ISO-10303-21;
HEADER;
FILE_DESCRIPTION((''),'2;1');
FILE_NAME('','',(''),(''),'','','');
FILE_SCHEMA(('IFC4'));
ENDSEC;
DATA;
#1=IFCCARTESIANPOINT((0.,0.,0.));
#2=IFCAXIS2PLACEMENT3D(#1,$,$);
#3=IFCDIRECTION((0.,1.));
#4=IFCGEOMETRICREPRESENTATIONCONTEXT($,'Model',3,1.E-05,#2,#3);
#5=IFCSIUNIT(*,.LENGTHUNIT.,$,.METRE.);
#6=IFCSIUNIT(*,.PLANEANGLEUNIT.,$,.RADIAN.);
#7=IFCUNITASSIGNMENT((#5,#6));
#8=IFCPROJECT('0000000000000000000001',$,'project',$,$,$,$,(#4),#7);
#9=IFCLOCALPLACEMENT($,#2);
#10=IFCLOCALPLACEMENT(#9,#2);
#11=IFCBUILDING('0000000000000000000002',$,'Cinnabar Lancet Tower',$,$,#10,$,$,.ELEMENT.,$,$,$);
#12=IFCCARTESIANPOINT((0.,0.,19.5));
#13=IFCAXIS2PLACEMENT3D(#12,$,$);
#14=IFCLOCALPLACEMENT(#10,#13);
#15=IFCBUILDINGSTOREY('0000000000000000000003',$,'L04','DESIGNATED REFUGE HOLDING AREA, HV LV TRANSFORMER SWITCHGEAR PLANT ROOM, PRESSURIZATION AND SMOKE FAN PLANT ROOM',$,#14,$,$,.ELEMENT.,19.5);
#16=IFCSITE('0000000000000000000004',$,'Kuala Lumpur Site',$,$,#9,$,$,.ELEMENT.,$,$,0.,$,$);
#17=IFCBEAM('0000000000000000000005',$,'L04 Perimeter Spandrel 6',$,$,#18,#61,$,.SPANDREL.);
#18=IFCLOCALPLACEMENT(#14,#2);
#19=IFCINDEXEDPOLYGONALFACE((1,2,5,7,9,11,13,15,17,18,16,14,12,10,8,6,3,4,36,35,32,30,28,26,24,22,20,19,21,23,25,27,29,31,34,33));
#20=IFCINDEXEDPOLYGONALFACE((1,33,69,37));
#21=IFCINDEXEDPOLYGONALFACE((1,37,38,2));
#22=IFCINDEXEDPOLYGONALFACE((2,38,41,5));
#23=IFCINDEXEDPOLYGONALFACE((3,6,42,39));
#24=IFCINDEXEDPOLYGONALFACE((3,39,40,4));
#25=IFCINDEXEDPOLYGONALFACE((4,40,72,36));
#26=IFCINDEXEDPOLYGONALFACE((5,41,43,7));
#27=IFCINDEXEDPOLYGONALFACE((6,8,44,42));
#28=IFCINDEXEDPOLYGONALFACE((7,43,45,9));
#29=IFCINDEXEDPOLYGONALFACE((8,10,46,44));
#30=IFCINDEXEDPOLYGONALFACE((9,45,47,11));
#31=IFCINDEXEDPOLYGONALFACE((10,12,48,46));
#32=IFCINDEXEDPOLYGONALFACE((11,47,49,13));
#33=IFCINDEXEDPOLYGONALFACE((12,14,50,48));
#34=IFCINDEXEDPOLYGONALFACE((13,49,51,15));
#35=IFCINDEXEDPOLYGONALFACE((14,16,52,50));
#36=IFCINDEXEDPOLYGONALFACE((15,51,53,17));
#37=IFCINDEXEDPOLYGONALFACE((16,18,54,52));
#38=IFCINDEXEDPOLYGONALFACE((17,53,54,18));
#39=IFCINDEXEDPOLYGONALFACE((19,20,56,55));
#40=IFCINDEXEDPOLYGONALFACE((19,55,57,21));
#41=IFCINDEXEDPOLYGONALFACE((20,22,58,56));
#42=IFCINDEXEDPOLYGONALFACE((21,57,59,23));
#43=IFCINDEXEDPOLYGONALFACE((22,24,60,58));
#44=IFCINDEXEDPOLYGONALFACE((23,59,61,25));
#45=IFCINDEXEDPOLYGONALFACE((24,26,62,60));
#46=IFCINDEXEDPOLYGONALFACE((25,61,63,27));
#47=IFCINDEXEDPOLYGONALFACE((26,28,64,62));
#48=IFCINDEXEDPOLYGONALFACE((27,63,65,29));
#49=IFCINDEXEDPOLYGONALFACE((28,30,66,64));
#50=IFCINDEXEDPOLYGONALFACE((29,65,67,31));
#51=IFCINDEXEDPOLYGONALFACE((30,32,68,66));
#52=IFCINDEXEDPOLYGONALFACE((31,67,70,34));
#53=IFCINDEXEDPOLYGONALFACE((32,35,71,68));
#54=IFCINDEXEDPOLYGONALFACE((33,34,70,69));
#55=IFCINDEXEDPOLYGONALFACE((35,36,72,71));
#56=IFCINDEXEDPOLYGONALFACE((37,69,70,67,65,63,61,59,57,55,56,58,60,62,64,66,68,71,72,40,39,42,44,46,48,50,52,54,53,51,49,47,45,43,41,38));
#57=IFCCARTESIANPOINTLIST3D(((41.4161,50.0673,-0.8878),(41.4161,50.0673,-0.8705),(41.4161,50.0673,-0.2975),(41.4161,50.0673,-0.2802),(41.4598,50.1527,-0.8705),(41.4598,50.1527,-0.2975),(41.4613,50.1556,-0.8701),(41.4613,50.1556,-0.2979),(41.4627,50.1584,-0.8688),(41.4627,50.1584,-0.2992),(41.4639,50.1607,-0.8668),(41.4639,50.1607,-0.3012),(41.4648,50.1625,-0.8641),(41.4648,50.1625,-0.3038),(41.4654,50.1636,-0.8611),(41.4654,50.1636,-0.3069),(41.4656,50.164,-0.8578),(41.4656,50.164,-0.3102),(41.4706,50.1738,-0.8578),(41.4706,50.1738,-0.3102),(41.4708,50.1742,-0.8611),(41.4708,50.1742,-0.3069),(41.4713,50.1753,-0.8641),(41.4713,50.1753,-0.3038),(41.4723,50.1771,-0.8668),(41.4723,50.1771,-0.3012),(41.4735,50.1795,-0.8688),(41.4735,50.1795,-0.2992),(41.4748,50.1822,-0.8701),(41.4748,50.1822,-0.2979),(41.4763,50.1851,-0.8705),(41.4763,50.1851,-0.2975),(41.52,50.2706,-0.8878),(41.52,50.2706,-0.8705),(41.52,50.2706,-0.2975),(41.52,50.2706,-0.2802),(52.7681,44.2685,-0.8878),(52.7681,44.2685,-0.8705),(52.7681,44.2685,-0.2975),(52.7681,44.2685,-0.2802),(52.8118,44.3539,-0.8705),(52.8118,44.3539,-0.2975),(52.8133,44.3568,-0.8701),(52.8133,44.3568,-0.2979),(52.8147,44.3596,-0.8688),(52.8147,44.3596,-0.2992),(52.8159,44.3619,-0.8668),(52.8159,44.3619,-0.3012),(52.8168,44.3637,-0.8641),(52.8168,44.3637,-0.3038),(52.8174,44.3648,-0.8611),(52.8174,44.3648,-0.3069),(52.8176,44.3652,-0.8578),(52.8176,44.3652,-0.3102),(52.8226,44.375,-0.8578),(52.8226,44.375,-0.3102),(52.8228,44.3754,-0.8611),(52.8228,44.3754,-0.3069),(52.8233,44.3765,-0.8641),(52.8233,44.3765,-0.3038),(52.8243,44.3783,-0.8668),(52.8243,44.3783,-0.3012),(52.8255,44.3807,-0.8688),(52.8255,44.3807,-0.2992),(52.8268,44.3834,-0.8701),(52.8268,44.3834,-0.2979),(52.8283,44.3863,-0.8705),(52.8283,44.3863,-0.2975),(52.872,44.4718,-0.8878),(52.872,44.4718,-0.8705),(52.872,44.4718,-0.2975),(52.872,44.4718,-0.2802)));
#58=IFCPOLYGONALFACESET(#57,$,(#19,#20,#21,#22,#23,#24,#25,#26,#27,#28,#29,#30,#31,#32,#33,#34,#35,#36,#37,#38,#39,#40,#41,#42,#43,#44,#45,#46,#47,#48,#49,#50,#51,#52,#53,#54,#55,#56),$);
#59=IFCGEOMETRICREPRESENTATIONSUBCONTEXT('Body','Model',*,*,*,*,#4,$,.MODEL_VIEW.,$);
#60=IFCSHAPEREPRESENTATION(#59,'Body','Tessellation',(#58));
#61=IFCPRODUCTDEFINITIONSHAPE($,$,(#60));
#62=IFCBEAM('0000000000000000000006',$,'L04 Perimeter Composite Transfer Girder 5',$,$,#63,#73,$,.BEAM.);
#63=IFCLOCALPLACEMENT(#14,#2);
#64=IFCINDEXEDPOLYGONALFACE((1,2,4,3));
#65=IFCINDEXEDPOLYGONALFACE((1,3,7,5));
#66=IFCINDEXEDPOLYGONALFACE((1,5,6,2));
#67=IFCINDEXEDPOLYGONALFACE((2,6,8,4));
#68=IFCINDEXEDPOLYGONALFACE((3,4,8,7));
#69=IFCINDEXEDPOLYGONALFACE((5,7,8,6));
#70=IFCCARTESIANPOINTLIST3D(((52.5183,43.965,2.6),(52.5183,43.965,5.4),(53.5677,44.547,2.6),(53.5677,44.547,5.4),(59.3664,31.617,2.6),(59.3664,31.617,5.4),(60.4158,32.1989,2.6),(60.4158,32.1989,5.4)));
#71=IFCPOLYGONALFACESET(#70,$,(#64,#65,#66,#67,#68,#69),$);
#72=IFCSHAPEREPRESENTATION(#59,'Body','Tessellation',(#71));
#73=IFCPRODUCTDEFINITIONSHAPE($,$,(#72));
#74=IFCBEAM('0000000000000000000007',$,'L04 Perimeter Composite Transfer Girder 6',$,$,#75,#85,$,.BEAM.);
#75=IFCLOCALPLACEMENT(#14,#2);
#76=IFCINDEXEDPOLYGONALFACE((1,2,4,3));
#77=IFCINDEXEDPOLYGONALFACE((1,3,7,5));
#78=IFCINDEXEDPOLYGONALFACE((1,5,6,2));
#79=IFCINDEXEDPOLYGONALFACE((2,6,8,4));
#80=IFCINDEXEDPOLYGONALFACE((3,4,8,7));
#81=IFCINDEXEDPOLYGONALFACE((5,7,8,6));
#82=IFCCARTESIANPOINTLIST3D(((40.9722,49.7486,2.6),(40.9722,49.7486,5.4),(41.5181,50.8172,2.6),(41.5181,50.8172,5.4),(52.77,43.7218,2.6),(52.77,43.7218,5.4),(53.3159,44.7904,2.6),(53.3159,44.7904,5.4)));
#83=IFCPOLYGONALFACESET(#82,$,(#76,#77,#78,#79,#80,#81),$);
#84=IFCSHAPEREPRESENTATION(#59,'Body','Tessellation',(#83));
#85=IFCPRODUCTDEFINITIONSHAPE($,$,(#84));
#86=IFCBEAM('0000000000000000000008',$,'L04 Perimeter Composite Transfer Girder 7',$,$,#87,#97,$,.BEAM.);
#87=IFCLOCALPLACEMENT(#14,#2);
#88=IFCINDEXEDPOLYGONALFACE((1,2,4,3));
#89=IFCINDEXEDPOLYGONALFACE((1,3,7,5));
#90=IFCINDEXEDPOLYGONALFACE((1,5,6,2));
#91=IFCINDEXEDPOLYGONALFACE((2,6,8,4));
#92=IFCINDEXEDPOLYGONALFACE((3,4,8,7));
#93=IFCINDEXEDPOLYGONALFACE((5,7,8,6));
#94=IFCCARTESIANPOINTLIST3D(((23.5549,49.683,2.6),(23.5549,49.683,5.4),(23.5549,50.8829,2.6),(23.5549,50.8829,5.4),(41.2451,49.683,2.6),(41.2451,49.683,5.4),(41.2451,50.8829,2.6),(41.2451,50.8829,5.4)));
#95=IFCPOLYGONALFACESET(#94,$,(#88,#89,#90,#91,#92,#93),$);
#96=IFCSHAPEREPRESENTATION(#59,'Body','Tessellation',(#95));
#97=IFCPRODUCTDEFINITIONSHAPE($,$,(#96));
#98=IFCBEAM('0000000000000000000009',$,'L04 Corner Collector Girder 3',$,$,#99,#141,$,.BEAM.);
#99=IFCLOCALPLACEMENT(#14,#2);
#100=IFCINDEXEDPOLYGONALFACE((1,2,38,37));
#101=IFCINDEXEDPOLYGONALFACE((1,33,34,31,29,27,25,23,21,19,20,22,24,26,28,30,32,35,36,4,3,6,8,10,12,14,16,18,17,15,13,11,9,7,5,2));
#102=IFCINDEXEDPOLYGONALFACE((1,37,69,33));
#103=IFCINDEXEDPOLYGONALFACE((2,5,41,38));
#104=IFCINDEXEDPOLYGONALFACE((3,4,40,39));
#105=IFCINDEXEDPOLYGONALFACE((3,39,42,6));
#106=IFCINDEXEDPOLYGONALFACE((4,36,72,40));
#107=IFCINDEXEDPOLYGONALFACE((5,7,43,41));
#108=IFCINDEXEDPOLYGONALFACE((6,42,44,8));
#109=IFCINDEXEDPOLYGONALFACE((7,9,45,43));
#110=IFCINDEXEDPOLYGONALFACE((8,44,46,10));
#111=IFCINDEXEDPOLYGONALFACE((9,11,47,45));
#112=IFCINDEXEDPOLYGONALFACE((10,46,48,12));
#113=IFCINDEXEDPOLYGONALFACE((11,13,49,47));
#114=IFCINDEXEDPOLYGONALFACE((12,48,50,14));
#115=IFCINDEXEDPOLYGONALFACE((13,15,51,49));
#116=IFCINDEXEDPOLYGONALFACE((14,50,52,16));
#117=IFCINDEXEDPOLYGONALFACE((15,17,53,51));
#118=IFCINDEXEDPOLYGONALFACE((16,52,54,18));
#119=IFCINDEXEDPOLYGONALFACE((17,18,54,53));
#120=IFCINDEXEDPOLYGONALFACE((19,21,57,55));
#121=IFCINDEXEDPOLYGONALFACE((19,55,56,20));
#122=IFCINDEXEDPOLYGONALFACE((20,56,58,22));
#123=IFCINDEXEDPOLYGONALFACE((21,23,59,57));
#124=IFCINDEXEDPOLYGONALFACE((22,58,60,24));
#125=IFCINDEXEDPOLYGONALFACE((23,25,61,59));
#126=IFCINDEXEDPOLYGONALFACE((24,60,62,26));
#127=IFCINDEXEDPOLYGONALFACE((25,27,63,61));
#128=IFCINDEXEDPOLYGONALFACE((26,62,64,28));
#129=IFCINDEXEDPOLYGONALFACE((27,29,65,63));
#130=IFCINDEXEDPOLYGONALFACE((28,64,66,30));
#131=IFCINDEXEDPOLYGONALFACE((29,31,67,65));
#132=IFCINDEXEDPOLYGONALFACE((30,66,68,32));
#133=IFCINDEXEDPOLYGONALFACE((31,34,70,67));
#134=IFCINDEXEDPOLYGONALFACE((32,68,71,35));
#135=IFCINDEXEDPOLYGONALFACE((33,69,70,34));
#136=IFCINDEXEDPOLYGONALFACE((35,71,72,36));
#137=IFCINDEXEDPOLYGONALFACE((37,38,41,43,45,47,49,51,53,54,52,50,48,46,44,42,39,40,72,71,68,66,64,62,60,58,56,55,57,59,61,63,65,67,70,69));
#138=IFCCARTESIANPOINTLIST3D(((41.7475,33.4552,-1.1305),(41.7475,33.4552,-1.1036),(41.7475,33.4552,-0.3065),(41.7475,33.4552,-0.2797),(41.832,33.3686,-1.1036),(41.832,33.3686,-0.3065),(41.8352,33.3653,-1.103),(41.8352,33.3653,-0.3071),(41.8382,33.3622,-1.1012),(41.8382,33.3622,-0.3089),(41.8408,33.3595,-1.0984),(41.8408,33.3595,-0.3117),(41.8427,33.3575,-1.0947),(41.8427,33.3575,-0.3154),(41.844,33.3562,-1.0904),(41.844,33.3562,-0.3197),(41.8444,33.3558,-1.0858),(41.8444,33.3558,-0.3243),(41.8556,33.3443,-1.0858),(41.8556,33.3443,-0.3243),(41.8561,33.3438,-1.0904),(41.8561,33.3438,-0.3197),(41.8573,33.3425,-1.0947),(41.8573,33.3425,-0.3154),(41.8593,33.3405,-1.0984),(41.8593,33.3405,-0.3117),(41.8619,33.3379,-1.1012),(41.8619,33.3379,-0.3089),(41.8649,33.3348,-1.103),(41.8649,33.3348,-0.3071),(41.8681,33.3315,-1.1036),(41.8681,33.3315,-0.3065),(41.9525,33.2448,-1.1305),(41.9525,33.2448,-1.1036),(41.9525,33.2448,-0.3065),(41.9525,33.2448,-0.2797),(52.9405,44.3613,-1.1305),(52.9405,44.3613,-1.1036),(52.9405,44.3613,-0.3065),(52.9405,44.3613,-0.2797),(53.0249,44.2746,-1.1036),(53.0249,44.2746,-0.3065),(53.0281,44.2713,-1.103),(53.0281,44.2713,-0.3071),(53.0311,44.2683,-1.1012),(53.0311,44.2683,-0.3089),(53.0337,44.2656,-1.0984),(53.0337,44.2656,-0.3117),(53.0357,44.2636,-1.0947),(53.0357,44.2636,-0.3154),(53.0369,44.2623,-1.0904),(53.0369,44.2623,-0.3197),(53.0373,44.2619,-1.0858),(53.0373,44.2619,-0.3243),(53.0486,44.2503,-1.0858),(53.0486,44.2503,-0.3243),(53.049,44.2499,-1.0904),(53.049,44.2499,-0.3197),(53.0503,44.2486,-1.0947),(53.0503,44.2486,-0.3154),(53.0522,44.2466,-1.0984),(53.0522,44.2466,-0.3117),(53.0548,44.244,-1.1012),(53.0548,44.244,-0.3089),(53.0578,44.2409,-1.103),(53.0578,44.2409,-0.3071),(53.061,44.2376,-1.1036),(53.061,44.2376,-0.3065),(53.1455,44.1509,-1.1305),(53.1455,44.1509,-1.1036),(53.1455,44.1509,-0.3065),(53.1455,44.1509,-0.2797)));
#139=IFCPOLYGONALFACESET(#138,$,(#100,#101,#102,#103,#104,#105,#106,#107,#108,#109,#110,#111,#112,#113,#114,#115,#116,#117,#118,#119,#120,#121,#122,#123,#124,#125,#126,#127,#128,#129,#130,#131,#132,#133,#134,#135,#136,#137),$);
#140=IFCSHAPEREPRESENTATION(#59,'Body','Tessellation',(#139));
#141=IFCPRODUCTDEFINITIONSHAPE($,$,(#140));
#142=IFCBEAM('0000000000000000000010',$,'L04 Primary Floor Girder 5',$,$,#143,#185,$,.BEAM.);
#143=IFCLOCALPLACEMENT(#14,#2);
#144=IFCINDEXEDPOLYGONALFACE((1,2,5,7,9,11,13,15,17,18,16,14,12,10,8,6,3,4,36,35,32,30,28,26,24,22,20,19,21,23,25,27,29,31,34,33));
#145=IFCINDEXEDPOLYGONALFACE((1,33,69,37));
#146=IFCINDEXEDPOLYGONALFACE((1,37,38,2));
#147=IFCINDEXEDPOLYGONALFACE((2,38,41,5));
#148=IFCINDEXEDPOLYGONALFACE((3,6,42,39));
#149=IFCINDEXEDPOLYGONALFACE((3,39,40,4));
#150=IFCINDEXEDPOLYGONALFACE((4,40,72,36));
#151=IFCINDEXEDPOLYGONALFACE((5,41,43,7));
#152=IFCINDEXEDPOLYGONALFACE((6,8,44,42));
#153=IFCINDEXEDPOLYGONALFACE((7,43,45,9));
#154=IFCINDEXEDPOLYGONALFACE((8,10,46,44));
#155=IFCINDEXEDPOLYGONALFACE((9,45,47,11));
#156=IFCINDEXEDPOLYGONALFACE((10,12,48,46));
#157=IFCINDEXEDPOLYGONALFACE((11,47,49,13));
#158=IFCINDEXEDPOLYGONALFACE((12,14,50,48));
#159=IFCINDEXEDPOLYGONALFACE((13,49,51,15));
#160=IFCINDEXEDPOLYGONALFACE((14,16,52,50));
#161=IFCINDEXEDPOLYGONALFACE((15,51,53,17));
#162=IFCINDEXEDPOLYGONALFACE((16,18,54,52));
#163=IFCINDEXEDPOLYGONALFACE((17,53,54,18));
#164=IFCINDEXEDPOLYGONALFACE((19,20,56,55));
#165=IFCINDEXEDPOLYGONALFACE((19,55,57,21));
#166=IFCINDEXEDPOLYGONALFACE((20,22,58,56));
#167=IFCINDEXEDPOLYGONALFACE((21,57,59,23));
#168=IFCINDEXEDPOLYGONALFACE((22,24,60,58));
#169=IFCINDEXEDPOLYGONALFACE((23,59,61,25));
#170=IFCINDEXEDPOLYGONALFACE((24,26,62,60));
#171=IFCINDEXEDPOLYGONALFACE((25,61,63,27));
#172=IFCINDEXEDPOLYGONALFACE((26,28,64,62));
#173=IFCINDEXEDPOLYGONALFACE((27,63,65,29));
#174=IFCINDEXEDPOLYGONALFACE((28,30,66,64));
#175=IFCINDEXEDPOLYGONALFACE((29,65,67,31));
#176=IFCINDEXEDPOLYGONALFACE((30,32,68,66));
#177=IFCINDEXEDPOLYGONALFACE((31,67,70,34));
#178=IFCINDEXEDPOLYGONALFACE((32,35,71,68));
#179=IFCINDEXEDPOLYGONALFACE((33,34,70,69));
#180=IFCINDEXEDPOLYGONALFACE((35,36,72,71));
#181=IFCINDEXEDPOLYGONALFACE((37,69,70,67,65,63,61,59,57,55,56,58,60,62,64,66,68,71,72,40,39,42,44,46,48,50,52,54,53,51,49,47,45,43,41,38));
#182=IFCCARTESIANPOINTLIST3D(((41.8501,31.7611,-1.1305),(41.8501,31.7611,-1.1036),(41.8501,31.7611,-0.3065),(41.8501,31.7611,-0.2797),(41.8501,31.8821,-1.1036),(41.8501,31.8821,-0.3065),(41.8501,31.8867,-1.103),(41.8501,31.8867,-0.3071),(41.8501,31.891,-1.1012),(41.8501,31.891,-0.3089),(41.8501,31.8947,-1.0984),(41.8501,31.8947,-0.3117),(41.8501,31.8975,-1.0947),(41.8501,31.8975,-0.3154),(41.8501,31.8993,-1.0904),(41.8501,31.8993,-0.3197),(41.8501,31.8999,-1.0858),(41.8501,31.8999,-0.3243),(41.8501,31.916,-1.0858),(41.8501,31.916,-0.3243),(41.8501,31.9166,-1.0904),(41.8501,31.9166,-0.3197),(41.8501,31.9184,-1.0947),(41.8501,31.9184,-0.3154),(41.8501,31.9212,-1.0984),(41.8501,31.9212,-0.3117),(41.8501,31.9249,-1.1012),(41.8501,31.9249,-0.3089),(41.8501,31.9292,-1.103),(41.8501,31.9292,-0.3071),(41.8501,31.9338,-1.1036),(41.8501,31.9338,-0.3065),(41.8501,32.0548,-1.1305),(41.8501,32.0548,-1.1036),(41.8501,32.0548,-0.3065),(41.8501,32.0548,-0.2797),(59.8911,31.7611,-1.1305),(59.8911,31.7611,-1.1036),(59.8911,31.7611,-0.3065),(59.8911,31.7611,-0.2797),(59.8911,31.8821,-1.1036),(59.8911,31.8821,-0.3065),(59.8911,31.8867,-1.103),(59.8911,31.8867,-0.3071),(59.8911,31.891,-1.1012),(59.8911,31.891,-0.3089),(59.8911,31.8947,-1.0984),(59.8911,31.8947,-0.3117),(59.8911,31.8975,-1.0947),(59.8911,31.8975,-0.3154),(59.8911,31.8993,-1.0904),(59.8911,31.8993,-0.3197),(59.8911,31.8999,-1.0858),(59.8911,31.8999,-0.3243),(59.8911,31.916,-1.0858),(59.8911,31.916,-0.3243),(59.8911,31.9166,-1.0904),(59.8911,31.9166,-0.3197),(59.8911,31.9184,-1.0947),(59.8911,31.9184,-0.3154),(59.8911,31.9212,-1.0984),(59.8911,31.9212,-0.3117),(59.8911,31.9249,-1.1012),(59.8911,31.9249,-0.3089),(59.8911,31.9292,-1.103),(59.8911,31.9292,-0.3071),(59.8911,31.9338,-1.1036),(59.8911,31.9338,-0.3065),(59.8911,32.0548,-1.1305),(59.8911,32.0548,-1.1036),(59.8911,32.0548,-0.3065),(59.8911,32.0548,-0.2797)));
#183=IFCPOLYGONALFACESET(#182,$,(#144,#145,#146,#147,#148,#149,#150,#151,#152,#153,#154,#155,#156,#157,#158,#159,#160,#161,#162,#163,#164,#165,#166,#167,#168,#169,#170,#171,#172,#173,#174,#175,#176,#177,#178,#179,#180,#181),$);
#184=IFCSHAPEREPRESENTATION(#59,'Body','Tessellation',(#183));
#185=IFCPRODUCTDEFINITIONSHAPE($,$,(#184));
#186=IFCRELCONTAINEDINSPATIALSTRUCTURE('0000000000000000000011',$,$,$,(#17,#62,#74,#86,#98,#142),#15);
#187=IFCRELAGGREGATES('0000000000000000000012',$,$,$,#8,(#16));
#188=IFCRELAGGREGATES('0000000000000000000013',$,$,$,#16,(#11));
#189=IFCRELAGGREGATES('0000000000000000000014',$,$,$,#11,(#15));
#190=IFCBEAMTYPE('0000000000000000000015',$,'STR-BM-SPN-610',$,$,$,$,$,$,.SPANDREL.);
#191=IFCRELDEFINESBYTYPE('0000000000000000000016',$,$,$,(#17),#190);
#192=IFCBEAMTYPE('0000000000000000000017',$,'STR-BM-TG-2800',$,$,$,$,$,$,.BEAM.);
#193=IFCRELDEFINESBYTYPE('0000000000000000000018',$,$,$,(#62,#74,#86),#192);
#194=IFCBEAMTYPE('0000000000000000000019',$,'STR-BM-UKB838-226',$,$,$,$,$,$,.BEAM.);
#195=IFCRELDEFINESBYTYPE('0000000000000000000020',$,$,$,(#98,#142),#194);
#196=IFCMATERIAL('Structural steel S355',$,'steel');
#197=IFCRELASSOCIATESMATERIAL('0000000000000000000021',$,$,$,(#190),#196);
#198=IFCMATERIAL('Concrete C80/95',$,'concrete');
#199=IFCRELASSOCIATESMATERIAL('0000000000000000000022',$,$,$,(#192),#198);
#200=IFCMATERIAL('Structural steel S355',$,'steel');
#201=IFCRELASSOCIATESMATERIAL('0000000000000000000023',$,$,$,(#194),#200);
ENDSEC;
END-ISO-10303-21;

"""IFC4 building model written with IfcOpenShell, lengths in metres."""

from ifc_helpers import new_model, si_unit, direction, frame, origin, origin_2d, place, context, subcontext, project, spatial, rectangle, i_section, extrude, material, material_profile, profile_set, type_object, element, save


model = new_model("IFC4")

# Units and contexts
model_context = context("Model", 3, precision=1e-05, world=origin(), true_north=direction((0.0, 1.0)))
body_context = subcontext(model_context, "Body", "Model", "MODEL_VIEW")
ifc_project = project(units=[si_unit("LENGTHUNIT", "METRE"), si_unit("PLANEANGLEUNIT", "RADIAN")], contexts=[model_context])

# Site, building, storey
site_placement = place(None, origin())
site = spatial("IfcSite", under=ifc_project, at=site_placement, Name="Kuala Lumpur Site", CompositionType="ELEMENT", RefElevation=0.0)
building_placement = place(site_placement, origin())
building = spatial("IfcBuilding", under=site, at=building_placement, Name="Cinnabar Lancet Tower", CompositionType="ELEMENT")
storey_placement = place(building_placement, frame((0.0, 0.0, 19.5)))
storey = spatial("IfcBuildingStorey", under=building, at=storey_placement, Name="L04", Description="DESIGNATED REFUGE HOLDING AREA, HV LV TRANSFORMER SWITCHGEAR PLANT ROOM, PRESSURIZATION AND SMOKE FAN PLANT ROOM", CompositionType="ELEMENT", Elevation=19.5)

# Beams
ifc_material_1 = material(Name="Structural steel S355", Category="steel")
ifc_material_profile_1 = material_profile(ifc_material_1, i_section(OverallWidth=0.2283, OverallDepth=0.6077, WebThickness=0.011, FlangeThickness=0.0173, FilletRadius=0.0127, at=origin_2d()), Name="UKB 610x229x113")
ifc_profile_set_1 = profile_set([ifc_material_profile_1], Name="Structural steel S355")
beam_type_1 = type_object("IfcBeamType", Name="STR-BM-SPN-610", PredefinedType="SPANDREL", material=ifc_profile_set_1)
beam_1_placement = place(storey_placement, frame((52.8201, 44.3701, -0.584), z_axis=(-0.890541, 0.454904, 0.0), x_axis=(-0.454904, -0.890541, 0.0)))
element("IfcBeam", 1, at=beam_1_placement, inside=storey, type_object=beam_type_1, Name="L04 Perimeter Spandrel 6", PredefinedType="SPANDREL", context=body_context, shape_type="SweptSolid", body=[
    extrude(i_section(OverallWidth=0.2283, OverallDepth=0.6077, WebThickness=0.011, FlangeThickness=0.0173, FilletRadius=0.0127, at=origin_2d()), origin(), (0.0, 0.0, 1.0), 12.7473),
])
ifc_material_2 = material(Name="Concrete C80/95", Category="concrete")
ifc_material_profile_2 = material_profile(ifc_material_2, rectangle(XDim=1.2, YDim=2.8, at=origin_2d()), Name="RC-TG 1200x2800")
ifc_profile_set_2 = profile_set([ifc_material_profile_2], Name="Concrete C80/95")
beam_type_2 = type_object("IfcBeamType", Name="STR-BM-TG-2800", PredefinedType="BEAM", material=ifc_profile_set_2)
beam_2_placement = place(storey_placement, frame((59.8911, 31.908, 4.0), z_axis=(-0.484997, 0.874516, 0.0), x_axis=(-0.874516, -0.484997, 0.0)))
element("IfcBeam", 2, at=beam_2_placement, inside=storey, type_object=beam_type_2, Name="L04 Perimeter Composite Transfer Girder 5", PredefinedType="BEAM", context=body_context, shape_type="SweptSolid", body=[
    extrude(rectangle(XDim=1.2, YDim=2.8, at=origin_2d()), origin(), (0.0, 0.0, 1.0), 14.1199),
])
beam_3_placement = place(storey_placement, frame((53.043, 44.2561, 4.0), z_axis=(-0.890531, 0.454922, 0.0), x_axis=(-0.454922, -0.890531, 0.0)))
element("IfcBeam", 3, at=beam_3_placement, inside=storey, type_object=beam_type_2, Name="L04 Perimeter Composite Transfer Girder 6", PredefinedType="BEAM", context=body_context, shape_type="SweptSolid", body=[
    extrude(rectangle(XDim=1.2, YDim=2.8, at=origin_2d()), origin(), (0.0, 0.0, 1.0), 13.248),
])
beam_4_placement = place(storey_placement, frame((41.2451, 50.283, 4.0), z_axis=(-1.0, 0.0, 0.0), x_axis=(0.0, -1.0, 0.0)))
element("IfcBeam", 4, at=beam_4_placement, inside=storey, type_object=beam_type_2, Name="L04 Perimeter Composite Transfer Girder 7", PredefinedType="BEAM", context=body_context, shape_type="SweptSolid", body=[
    extrude(rectangle(XDim=1.2, YDim=2.8, at=origin_2d()), origin(), (0.0, 0.0, 1.0), 17.6902),
])
ifc_material_3 = material(Name="Structural steel S355", Category="steel")
ifc_material_profile_3 = material_profile(ifc_material_3, i_section(OverallWidth=0.2937, OverallDepth=0.8508, WebThickness=0.0161, FlangeThickness=0.0269, FilletRadius=0.0178, at=origin_2d()), Name="UKB 838x292x226")
ifc_profile_set_3 = profile_set([ifc_material_profile_3], Name="Structural steel S355")
beam_type_3 = type_object("IfcBeamType", Name="STR-BM-UKB838-226", PredefinedType="BEAM", material=ifc_profile_set_3)
beam_5_placement = place(storey_placement, frame((53.043, 44.2561, -0.7051), z_axis=(-0.716225, -0.697869, 0.0), x_axis=(0.697869, -0.716225, 0.0)))
element("IfcBeam", 5, at=beam_5_placement, inside=storey, type_object=beam_type_3, Name="L04 Corner Collector Girder 3", PredefinedType="BEAM", context=body_context, shape_type="SweptSolid", body=[
    extrude(i_section(OverallWidth=0.2937, OverallDepth=0.8508, WebThickness=0.0161, FlangeThickness=0.0269, FilletRadius=0.0178, at=origin_2d()), origin(), (0.0, 0.0, 1.0), 15.6277),
])
beam_6_placement = place(storey_placement, frame((59.8911, 31.908, -0.7051), z_axis=(-1.0, 0.0, 0.0), x_axis=(0.0, -1.0, 0.0)))
element("IfcBeam", 6, at=beam_6_placement, inside=storey, type_object=beam_type_3, Name="L04 Primary Floor Girder 5", PredefinedType="BEAM", context=body_context, shape_type="SweptSolid", body=[
    extrude(i_section(OverallWidth=0.2937, OverallDepth=0.8508, WebThickness=0.0161, FlangeThickness=0.0269, FilletRadius=0.0178, at=origin_2d()), origin(), (0.0, 0.0, 1.0), 18.041),
])

save(model, "model.ifc")
